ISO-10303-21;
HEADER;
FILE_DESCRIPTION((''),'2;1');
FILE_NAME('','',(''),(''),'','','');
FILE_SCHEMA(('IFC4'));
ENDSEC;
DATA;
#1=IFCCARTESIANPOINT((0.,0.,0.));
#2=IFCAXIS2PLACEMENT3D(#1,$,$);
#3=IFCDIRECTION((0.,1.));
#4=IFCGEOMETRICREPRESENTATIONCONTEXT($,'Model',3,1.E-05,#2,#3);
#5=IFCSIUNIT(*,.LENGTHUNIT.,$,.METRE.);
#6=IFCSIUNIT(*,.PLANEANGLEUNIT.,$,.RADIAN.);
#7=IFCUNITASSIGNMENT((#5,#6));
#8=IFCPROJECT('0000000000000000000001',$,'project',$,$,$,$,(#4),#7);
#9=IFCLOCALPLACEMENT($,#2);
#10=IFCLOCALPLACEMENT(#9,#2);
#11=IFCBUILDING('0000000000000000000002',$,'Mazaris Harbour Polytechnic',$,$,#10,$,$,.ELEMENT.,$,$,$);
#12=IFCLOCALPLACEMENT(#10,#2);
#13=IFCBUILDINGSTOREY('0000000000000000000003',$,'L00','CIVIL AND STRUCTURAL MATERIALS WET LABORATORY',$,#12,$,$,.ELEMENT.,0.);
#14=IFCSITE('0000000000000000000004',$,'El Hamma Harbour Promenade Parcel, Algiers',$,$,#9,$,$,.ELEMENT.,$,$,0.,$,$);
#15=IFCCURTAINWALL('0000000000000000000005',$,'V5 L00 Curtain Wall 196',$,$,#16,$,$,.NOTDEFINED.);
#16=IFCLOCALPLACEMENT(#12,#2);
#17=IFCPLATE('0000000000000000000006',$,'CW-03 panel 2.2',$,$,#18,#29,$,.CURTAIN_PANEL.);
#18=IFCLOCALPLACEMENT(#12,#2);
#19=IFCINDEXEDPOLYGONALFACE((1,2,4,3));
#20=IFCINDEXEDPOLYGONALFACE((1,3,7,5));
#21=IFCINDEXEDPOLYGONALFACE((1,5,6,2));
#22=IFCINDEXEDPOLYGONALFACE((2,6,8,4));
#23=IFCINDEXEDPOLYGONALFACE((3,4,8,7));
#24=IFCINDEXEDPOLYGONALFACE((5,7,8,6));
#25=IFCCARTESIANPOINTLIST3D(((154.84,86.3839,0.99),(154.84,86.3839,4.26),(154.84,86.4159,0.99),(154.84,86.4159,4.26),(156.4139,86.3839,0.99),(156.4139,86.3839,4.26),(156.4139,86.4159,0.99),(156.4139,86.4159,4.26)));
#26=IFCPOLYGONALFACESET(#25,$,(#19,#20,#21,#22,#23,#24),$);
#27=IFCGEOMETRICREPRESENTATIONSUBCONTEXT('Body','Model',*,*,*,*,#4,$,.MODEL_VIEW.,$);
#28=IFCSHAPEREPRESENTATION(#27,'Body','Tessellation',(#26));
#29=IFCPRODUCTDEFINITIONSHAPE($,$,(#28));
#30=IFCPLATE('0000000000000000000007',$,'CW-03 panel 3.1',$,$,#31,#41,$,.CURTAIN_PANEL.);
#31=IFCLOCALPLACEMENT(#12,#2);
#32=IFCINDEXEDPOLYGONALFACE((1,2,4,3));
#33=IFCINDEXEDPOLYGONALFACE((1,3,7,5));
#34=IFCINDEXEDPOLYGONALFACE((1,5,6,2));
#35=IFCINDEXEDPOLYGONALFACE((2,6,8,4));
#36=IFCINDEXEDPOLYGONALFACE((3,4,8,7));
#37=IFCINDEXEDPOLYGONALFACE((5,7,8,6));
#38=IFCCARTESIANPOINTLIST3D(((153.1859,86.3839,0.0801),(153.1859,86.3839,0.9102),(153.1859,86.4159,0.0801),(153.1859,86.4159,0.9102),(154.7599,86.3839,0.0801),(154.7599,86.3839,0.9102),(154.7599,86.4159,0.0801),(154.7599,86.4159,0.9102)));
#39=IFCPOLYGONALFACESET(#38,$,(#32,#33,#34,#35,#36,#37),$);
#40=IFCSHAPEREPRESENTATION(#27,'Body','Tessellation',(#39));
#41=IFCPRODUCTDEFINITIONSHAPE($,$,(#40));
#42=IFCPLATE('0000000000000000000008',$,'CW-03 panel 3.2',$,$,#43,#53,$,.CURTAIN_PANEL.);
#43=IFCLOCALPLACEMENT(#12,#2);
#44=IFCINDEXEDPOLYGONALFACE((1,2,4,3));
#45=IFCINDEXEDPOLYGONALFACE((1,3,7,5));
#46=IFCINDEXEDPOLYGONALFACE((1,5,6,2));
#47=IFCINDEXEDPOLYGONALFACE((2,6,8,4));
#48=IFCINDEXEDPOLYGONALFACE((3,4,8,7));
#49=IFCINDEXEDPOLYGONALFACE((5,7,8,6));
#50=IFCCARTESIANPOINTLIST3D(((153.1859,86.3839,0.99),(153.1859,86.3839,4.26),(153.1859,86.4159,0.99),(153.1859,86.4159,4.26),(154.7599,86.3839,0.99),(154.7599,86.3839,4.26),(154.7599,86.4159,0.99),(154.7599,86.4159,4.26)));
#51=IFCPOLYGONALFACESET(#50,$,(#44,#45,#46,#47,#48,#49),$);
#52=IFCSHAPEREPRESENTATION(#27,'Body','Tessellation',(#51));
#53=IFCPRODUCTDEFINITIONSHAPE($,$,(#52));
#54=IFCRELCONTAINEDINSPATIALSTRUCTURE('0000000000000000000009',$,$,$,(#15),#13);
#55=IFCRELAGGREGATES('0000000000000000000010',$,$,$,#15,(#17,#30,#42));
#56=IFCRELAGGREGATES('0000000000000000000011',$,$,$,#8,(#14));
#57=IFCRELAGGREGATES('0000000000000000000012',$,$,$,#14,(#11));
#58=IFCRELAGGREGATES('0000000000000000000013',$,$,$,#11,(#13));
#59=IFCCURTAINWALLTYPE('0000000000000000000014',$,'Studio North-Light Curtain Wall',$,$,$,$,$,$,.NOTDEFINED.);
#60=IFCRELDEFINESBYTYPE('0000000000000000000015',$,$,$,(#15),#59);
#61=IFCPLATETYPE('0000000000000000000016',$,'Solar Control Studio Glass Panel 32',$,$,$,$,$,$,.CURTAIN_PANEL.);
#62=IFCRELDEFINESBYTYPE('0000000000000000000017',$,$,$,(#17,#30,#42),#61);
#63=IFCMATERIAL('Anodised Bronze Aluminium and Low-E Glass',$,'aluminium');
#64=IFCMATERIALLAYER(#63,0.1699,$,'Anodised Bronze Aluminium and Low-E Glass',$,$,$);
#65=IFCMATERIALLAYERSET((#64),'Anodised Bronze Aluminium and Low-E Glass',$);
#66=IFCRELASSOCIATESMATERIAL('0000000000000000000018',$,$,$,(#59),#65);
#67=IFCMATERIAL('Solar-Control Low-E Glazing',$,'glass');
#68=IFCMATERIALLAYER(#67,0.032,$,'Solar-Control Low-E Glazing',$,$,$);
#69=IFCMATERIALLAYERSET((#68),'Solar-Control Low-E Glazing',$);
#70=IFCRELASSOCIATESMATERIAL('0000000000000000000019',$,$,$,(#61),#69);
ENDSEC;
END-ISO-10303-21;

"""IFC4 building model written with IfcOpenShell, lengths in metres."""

from ifc_helpers import new_model, si_unit, direction, frame, origin, origin_2d, place, context, subcontext, project, spatial, rectangle, extrude, material, layer, layer_set, type_object, element, aggregate, save


model = new_model("IFC4")

# Units and contexts
model_context = context("Model", 3, precision=1e-05, world=origin(), true_north=direction((0.0, 1.0)))
body_context = subcontext(model_context, "Body", "Model", "MODEL_VIEW")
ifc_project = project(units=[si_unit("LENGTHUNIT", "METRE"), si_unit("PLANEANGLEUNIT", "RADIAN")], contexts=[model_context])

# Site, building, storey
site_placement = place(None, origin())
site = spatial("IfcSite", under=ifc_project, at=site_placement, Name="El Hamma Harbour Promenade Parcel, Algiers", CompositionType="ELEMENT", RefElevation=0.0)
building_placement = place(site_placement, origin())
building = spatial("IfcBuilding", under=site, at=building_placement, Name="Mazaris Harbour Polytechnic", CompositionType="ELEMENT")
storey_placement = place(building_placement, origin())
storey = spatial("IfcBuildingStorey", under=building, at=storey_placement, Name="L00", Description="CIVIL AND STRUCTURAL MATERIALS WET LABORATORY", CompositionType="ELEMENT", Elevation=0.0)

# Curtain wall
ifc_material_1 = material(Name="Anodised Bronze Aluminium and Low-E Glass", Category="aluminium")
ifc_layer_1 = layer(ifc_material_1, 0.1699, Name="Anodised Bronze Aluminium and Low-E Glass")
ifc_layer_set_1 = layer_set([ifc_layer_1], Name="Anodised Bronze Aluminium and Low-E Glass")
curtain_wall_type = type_object("IfcCurtainWallType", Name="Studio North-Light Curtain Wall", PredefinedType="NOTDEFINED", material=ifc_layer_set_1)
curtain_wall_placement = place(storey_placement, origin())
curtain_wall = element("IfcCurtainWall", 1, at=curtain_wall_placement, inside=storey, type_object=curtain_wall_type, Name="V5 L00 Curtain Wall 196", PredefinedType="NOTDEFINED")

# Plates
ifc_material_2 = material(Name="Solar-Control Low-E Glazing", Category="glass")
ifc_layer_2 = layer(ifc_material_2, 0.032, Name="Solar-Control Low-E Glazing")
ifc_layer_set_2 = layer_set([ifc_layer_2], Name="Solar-Control Low-E Glazing")
plate_type = type_object("IfcPlateType", Name="Solar Control Studio Glass Panel 32", PredefinedType="CURTAIN_PANEL", material=ifc_layer_set_2)
plate_1_placement = place(storey_placement, frame((155.627, 86.3999, 0.99), z_axis=(0.0, 0.0, 1.0), x_axis=(-1.0, 0.0, 0.0)))
plate_1 = element("IfcPlate", 2, at=plate_1_placement, type_object=plate_type, Name="CW-03 panel 2.2", PredefinedType="CURTAIN_PANEL", context=body_context, shape_type="SweptSolid", body=[
    extrude(rectangle(XDim=1.574, YDim=0.032, at=origin_2d()), origin(), (0.0, 0.0, 1.0), 3.27),
])
plate_2_placement = place(storey_placement, frame((153.9729, 86.3999, 0.0801), z_axis=(0.0, 0.0, 1.0), x_axis=(-1.0, 0.0, 0.0)))
plate_2 = element("IfcPlate", 3, at=plate_2_placement, type_object=plate_type, Name="CW-03 panel 3.1", PredefinedType="CURTAIN_PANEL", context=body_context, shape_type="SweptSolid", body=[
    extrude(rectangle(XDim=1.574, YDim=0.032, at=origin_2d()), origin(), (0.0, 0.0, 1.0), 0.8301),
])
plate_3_placement = place(storey_placement, frame((153.9729, 86.3999, 0.99), z_axis=(0.0, 0.0, 1.0), x_axis=(-1.0, 0.0, 0.0)))
plate_3 = element("IfcPlate", 4, at=plate_3_placement, type_object=plate_type, Name="CW-03 panel 3.2", PredefinedType="CURTAIN_PANEL", context=body_context, shape_type="SweptSolid", body=[
    extrude(rectangle(XDim=1.574, YDim=0.032, at=origin_2d()), origin(), (0.0, 0.0, 1.0), 3.27),
])
aggregate(curtain_wall, [plate_1, plate_2, plate_3])

save(model, "model.ifc")
